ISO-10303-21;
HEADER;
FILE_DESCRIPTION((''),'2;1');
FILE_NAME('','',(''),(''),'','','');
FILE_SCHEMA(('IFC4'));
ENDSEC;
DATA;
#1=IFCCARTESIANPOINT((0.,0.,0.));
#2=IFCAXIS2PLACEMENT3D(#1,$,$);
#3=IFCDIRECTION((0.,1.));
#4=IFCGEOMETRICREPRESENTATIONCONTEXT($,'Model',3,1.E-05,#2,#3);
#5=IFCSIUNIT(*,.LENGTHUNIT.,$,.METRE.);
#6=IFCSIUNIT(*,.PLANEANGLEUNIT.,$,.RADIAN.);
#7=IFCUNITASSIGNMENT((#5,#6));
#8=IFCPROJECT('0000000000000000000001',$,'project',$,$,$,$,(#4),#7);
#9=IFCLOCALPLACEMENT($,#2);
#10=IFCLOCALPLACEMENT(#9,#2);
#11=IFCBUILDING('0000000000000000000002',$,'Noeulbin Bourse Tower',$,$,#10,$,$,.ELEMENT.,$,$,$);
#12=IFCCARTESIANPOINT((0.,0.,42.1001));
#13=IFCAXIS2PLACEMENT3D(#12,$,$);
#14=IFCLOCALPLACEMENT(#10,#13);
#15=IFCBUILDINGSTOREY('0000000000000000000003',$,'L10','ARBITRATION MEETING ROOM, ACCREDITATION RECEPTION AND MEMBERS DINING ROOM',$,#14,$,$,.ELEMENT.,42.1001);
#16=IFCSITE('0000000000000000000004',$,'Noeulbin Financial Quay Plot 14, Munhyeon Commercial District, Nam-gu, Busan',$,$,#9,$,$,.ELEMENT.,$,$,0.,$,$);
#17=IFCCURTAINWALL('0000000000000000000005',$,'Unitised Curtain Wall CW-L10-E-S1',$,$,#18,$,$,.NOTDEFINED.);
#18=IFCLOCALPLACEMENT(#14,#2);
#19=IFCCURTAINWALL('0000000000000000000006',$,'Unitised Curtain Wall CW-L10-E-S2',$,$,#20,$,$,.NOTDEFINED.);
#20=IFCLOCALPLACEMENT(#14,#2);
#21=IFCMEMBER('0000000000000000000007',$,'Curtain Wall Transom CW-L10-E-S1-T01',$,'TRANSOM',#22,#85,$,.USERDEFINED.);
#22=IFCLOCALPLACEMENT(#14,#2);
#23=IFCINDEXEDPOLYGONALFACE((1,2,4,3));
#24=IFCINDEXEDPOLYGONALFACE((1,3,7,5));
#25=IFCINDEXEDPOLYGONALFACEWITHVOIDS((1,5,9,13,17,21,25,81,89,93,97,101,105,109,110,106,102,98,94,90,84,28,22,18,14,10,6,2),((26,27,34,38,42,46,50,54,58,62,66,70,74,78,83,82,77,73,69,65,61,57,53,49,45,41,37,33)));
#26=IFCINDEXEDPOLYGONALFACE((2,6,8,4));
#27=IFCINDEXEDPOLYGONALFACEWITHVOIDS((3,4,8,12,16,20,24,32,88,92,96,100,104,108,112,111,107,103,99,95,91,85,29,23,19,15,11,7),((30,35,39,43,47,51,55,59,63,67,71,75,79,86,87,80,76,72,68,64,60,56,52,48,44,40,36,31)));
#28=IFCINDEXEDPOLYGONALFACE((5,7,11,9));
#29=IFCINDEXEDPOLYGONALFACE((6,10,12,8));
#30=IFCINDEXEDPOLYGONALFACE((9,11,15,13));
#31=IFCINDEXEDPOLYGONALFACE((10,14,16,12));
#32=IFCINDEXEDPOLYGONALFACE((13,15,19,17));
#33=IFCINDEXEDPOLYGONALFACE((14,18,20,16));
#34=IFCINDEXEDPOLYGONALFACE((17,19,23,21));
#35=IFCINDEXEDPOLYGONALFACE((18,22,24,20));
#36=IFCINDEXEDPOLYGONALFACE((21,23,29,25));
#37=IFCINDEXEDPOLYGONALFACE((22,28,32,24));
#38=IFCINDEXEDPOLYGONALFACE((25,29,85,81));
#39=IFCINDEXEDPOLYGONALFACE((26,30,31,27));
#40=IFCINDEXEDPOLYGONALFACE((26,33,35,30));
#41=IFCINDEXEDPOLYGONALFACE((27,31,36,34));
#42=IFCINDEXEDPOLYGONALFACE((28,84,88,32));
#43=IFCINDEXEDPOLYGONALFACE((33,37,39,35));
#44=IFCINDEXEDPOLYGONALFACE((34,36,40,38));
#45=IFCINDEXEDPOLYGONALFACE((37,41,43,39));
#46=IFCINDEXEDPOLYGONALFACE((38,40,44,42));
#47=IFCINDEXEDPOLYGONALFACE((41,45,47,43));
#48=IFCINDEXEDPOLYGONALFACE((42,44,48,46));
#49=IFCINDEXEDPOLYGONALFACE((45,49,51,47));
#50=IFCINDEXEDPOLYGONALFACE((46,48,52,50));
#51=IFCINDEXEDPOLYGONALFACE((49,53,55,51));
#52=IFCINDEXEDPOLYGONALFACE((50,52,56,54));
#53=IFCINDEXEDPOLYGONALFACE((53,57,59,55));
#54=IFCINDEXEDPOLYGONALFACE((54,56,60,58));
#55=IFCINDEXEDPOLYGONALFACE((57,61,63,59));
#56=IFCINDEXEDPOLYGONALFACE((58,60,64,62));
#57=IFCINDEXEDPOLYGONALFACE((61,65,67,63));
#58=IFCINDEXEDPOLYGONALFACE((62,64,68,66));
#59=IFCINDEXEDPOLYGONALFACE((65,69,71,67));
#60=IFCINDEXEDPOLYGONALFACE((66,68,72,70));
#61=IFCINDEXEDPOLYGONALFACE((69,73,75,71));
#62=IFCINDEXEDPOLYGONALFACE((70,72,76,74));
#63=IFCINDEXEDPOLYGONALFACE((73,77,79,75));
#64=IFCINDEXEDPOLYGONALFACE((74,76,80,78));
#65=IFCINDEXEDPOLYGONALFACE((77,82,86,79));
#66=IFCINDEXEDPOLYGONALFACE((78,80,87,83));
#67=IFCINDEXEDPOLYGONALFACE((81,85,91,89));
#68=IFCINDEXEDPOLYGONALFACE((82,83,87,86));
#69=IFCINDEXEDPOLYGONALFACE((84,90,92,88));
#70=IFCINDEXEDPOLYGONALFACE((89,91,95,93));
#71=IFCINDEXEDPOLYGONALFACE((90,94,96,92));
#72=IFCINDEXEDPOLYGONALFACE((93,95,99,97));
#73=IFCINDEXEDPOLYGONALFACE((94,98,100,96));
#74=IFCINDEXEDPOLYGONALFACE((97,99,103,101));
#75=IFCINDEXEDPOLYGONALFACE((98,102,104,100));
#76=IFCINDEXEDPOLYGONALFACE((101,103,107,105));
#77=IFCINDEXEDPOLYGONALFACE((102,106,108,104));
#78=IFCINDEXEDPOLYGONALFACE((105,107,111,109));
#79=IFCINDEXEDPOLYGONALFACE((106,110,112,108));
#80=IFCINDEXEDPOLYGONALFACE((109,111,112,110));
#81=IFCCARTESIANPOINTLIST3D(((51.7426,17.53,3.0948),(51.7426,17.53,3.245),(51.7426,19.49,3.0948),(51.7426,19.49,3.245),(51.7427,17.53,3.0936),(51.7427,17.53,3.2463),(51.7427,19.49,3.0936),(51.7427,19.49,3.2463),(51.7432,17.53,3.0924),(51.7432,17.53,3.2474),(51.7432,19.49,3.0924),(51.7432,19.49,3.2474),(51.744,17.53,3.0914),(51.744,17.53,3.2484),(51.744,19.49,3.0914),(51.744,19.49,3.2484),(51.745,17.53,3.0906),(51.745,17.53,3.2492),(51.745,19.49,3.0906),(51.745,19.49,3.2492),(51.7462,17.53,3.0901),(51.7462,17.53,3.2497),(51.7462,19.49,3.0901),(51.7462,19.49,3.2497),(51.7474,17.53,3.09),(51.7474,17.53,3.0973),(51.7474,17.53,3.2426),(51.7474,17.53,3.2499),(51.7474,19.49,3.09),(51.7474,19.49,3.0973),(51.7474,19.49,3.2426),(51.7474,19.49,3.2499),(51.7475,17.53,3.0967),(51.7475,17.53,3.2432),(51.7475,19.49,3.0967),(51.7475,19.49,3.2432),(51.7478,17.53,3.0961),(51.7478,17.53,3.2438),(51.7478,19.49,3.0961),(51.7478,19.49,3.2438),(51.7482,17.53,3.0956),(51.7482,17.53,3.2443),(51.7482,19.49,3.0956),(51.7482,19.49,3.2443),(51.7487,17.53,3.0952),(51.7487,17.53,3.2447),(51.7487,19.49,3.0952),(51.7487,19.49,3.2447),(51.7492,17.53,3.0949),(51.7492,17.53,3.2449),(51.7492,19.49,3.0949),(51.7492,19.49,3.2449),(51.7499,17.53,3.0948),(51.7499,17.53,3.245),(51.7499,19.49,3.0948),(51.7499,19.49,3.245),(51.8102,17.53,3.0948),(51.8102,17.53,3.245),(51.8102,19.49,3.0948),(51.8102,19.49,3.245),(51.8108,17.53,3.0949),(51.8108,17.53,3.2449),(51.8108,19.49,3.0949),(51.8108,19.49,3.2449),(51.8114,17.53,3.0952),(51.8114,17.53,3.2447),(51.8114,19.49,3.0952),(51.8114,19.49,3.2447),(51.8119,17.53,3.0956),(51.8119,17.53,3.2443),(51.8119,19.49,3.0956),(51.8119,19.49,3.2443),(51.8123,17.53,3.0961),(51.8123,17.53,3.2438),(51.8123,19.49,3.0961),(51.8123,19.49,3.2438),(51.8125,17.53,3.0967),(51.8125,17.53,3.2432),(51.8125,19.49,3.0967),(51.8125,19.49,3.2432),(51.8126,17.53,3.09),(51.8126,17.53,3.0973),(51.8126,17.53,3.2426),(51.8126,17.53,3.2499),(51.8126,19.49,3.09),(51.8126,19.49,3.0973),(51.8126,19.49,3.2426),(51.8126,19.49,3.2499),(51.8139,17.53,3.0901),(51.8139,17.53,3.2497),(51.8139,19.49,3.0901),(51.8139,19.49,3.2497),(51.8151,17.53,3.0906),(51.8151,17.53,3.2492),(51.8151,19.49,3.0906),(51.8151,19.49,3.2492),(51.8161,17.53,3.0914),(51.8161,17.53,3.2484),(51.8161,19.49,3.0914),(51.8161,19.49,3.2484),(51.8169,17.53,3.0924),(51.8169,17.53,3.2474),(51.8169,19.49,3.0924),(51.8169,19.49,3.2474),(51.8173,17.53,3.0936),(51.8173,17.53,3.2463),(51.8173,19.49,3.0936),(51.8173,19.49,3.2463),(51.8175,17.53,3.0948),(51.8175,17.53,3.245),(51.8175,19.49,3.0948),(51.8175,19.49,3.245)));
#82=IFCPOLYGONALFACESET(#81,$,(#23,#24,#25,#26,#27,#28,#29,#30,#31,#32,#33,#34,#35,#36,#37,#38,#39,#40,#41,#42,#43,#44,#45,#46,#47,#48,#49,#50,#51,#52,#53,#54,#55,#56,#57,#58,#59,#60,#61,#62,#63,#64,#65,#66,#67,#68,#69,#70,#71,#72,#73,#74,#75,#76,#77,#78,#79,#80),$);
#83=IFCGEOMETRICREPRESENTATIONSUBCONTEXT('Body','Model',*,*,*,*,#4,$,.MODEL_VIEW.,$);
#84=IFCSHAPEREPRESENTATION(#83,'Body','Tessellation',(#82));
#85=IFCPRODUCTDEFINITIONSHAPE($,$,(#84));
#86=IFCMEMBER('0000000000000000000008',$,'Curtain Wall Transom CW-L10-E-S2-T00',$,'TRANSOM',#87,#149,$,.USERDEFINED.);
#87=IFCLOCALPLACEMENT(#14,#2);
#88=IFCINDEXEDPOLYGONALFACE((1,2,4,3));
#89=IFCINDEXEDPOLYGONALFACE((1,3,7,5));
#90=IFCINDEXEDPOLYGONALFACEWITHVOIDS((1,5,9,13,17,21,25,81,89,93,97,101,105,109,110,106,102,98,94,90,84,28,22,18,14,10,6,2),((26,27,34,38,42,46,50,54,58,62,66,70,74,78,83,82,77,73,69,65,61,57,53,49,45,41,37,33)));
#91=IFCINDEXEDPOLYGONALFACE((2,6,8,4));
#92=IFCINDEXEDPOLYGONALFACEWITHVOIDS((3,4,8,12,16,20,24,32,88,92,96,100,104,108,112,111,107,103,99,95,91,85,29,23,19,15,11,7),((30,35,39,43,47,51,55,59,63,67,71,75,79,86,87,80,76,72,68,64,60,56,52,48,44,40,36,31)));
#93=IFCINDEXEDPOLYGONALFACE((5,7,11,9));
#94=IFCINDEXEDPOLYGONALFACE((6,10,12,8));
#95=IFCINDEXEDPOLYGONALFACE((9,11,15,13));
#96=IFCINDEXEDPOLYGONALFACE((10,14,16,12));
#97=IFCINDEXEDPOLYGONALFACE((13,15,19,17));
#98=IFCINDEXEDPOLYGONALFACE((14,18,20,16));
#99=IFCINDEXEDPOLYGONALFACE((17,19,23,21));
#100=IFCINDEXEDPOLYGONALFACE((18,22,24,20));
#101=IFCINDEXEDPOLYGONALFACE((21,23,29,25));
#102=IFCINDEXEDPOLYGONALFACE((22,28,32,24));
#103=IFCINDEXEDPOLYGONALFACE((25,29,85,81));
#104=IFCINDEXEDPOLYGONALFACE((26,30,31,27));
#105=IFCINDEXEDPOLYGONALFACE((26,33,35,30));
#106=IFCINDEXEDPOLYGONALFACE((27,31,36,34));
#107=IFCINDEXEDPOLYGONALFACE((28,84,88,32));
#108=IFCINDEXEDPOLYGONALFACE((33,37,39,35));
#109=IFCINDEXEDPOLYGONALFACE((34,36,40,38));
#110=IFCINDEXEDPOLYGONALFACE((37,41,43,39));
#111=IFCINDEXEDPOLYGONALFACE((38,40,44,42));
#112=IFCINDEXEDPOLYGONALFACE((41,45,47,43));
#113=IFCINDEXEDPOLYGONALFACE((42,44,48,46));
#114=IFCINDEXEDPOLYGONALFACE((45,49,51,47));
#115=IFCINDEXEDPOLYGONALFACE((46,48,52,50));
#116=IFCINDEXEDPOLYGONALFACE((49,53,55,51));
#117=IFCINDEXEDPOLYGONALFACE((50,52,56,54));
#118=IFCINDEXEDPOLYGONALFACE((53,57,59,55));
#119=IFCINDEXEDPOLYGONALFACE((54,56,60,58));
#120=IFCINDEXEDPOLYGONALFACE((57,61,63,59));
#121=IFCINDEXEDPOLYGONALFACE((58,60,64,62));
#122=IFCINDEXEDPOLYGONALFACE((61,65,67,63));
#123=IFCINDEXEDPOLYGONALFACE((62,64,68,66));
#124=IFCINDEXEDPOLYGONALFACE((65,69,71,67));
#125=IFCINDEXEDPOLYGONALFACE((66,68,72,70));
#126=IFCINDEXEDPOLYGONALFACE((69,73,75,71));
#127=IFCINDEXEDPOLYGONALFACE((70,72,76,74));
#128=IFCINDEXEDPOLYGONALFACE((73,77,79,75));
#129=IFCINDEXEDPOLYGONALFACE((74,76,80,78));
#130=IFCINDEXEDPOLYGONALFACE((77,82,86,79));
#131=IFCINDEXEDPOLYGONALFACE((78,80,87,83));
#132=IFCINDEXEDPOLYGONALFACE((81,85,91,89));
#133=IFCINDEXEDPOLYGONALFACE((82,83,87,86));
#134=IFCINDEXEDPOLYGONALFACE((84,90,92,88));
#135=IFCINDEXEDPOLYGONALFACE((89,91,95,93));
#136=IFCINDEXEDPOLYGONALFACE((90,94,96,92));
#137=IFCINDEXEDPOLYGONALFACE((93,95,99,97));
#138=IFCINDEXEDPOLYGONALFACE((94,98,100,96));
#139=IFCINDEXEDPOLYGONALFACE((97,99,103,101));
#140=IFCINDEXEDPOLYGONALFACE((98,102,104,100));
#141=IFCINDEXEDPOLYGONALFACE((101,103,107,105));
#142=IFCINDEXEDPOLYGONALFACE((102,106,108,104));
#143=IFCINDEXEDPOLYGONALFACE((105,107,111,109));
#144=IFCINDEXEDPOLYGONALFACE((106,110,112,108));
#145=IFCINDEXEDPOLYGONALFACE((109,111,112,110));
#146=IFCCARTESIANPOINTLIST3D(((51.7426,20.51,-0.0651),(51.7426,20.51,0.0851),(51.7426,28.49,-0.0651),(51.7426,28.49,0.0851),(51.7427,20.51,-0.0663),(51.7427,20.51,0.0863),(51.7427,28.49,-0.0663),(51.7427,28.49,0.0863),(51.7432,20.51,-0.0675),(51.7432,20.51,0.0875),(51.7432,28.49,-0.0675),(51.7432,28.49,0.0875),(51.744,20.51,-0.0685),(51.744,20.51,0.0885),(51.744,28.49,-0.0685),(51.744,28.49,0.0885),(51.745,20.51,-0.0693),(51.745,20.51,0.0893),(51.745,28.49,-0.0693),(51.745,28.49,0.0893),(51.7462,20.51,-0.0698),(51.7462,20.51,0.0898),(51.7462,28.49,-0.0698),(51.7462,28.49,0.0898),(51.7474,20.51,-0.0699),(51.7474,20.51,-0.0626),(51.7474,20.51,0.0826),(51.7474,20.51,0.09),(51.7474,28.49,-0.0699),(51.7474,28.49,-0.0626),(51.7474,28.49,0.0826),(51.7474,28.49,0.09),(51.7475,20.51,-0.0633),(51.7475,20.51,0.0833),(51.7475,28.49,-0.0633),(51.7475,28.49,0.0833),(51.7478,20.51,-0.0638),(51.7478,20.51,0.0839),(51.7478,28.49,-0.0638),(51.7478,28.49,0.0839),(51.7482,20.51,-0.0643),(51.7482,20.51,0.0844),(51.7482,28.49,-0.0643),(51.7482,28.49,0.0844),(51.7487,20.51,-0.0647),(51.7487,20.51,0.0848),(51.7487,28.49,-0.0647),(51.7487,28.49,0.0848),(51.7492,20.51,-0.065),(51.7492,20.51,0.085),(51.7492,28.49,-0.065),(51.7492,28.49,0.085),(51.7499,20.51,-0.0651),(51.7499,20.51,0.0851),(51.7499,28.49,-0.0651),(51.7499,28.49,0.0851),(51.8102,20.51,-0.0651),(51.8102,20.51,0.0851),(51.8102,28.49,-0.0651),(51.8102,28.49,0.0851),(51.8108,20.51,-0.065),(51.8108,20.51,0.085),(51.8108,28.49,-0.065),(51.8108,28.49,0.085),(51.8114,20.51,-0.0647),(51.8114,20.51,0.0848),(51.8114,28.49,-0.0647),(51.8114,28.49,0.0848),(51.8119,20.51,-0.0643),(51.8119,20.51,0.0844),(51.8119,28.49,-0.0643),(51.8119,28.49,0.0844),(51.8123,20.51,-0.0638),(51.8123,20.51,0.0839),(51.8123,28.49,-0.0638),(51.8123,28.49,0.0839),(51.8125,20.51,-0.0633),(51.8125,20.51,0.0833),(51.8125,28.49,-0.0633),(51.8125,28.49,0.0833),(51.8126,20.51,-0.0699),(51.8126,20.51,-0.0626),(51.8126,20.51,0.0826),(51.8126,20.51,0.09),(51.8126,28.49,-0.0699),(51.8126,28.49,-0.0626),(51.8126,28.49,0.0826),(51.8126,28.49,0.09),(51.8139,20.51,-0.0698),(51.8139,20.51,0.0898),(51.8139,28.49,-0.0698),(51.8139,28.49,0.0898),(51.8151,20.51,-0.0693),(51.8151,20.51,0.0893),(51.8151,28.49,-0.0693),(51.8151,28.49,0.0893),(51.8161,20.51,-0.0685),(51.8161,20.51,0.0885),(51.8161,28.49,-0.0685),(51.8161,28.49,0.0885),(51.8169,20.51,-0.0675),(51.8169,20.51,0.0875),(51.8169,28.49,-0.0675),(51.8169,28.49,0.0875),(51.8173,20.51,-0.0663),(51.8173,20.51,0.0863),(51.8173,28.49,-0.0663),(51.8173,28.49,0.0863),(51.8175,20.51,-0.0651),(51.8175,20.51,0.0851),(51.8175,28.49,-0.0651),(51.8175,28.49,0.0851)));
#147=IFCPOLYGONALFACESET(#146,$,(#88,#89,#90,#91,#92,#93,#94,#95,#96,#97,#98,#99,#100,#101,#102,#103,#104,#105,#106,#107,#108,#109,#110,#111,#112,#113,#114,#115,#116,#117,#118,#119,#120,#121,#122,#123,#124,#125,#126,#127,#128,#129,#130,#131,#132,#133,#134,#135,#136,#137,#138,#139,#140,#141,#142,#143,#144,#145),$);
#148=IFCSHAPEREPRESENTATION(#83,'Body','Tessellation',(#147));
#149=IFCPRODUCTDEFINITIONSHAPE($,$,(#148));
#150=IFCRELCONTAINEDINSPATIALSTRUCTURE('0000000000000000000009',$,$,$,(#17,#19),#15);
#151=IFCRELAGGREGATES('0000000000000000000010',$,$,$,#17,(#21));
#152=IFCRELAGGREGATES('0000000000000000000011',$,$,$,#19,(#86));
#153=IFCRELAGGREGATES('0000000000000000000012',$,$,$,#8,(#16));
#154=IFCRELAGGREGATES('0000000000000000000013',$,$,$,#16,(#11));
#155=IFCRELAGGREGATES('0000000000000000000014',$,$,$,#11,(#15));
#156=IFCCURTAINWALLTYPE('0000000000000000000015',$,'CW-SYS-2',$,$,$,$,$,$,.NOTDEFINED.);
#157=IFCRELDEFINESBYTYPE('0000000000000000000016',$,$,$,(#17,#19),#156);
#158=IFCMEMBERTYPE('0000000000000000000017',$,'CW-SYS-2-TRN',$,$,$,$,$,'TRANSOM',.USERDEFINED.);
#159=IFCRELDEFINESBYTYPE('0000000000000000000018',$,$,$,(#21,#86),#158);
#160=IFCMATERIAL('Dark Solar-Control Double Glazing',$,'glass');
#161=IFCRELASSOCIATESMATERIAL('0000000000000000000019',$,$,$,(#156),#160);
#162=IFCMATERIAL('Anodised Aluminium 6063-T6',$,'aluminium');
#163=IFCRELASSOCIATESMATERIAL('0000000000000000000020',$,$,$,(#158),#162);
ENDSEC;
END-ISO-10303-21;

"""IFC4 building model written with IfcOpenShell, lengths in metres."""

from ifc_helpers import new_model, si_unit, direction, frame, origin, origin_2d, place, context, subcontext, project, spatial, hollow_rectangle, extrude, material, material_profile, profile_set, type_object, element, aggregate, save


model = new_model("IFC4")

# Units and contexts
model_context = context("Model", 3, precision=1e-05, world=origin(), true_north=direction((0.0, 1.0)))
body_context = subcontext(model_context, "Body", "Model", "MODEL_VIEW")
ifc_project = project(units=[si_unit("LENGTHUNIT", "METRE"), si_unit("PLANEANGLEUNIT", "RADIAN")], contexts=[model_context])

# Site, building, storey
site_placement = place(None, origin())
site = spatial("IfcSite", under=ifc_project, at=site_placement, Name="Noeulbin Financial Quay Plot 14, Munhyeon Commercial District, Nam-gu, Busan", CompositionType="ELEMENT", RefElevation=0.0)
building_placement = place(site_placement, origin())
building = spatial("IfcBuilding", under=site, at=building_placement, Name="Noeulbin Bourse Tower", CompositionType="ELEMENT")
storey_placement = place(building_placement, frame((0.0, 0.0, 42.1001)))
storey = spatial("IfcBuildingStorey", under=building, at=storey_placement, Name="L10", Description="ARBITRATION MEETING ROOM, ACCREDITATION RECEPTION AND MEMBERS DINING ROOM", CompositionType="ELEMENT", Elevation=42.1001)

# Curtain walls
ifc_material_1 = material(Name="Dark Solar-Control Double Glazing", Category="glass")
curtain_wall_type = type_object("IfcCurtainWallType", Name="CW-SYS-2", PredefinedType="NOTDEFINED", material=ifc_material_1)
ifc_material_2 = material(Name="Anodised Aluminium 6063-T6", Category="aluminium")
curtain_wall_1_placement = place(storey_placement, origin())
curtain_wall_1 = element("IfcCurtainWall", 1, at=curtain_wall_1_placement, inside=storey, type_object=curtain_wall_type, Name="Unitised Curtain Wall CW-L10-E-S1", PredefinedType="NOTDEFINED")
curtain_wall_2_placement = place(storey_placement, origin())
curtain_wall_2 = element("IfcCurtainWall", 2, at=curtain_wall_2_placement, inside=storey, type_object=curtain_wall_type, Name="Unitised Curtain Wall CW-L10-E-S2", PredefinedType="NOTDEFINED")

# Members
ifc_material_profile_1 = material_profile(ifc_material_2, hollow_rectangle(XDim=0.075, YDim=0.1599, WallThickness=0.0049, InnerFilletRadius=0.0024, OuterFilletRadius=0.0049, at=origin_2d()), Name="ALU-TRAN-75x160x5", Category="LoadBearing")
ifc_profile_set_1 = profile_set([ifc_material_profile_1], Name="Anodised Aluminium 6063-T6")
member_type_1 = type_object("IfcMemberType", Name="CW-SYS-2-TRN", ElementType="TRANSOM", PredefinedType="USERDEFINED", material=ifc_profile_set_1)
member_1_placement = place(storey_placement, frame((51.78, 17.53, 3.1699), z_axis=(0.0, 1.0, 0.0), x_axis=(-1.0, 0.0, 0.0)))
member_1 = element("IfcMember", 3, at=member_1_placement, type_object=member_type_1, Name="Curtain Wall Transom CW-L10-E-S1-T01", ObjectType="TRANSOM", PredefinedType="USERDEFINED", context=body_context, shape_type="SweptSolid", body=[
    extrude(hollow_rectangle(XDim=0.075, YDim=0.1599, WallThickness=0.0049, InnerFilletRadius=0.0024, OuterFilletRadius=0.0049, at=origin_2d()), origin(), (0.0, 0.0, 1.0), 1.96),
])
member_2_placement = place(storey_placement, frame((51.78, 20.51, 0.01), z_axis=(0.0, 1.0, 0.0), x_axis=(-1.0, 0.0, 0.0)))
member_2 = element("IfcMember", 4, at=member_2_placement, type_object=member_type_1, Name="Curtain Wall Transom CW-L10-E-S2-T00", ObjectType="TRANSOM", PredefinedType="USERDEFINED", context=body_context, shape_type="SweptSolid", body=[
    extrude(hollow_rectangle(XDim=0.075, YDim=0.1599, WallThickness=0.0049, InnerFilletRadius=0.0024, OuterFilletRadius=0.0049, at=origin_2d()), origin(), (0.0, 0.0, 1.0), 7.98),
])

aggregate(curtain_wall_1, [member_1])
aggregate(curtain_wall_2, [member_2])

save(model, "model.ifc")
